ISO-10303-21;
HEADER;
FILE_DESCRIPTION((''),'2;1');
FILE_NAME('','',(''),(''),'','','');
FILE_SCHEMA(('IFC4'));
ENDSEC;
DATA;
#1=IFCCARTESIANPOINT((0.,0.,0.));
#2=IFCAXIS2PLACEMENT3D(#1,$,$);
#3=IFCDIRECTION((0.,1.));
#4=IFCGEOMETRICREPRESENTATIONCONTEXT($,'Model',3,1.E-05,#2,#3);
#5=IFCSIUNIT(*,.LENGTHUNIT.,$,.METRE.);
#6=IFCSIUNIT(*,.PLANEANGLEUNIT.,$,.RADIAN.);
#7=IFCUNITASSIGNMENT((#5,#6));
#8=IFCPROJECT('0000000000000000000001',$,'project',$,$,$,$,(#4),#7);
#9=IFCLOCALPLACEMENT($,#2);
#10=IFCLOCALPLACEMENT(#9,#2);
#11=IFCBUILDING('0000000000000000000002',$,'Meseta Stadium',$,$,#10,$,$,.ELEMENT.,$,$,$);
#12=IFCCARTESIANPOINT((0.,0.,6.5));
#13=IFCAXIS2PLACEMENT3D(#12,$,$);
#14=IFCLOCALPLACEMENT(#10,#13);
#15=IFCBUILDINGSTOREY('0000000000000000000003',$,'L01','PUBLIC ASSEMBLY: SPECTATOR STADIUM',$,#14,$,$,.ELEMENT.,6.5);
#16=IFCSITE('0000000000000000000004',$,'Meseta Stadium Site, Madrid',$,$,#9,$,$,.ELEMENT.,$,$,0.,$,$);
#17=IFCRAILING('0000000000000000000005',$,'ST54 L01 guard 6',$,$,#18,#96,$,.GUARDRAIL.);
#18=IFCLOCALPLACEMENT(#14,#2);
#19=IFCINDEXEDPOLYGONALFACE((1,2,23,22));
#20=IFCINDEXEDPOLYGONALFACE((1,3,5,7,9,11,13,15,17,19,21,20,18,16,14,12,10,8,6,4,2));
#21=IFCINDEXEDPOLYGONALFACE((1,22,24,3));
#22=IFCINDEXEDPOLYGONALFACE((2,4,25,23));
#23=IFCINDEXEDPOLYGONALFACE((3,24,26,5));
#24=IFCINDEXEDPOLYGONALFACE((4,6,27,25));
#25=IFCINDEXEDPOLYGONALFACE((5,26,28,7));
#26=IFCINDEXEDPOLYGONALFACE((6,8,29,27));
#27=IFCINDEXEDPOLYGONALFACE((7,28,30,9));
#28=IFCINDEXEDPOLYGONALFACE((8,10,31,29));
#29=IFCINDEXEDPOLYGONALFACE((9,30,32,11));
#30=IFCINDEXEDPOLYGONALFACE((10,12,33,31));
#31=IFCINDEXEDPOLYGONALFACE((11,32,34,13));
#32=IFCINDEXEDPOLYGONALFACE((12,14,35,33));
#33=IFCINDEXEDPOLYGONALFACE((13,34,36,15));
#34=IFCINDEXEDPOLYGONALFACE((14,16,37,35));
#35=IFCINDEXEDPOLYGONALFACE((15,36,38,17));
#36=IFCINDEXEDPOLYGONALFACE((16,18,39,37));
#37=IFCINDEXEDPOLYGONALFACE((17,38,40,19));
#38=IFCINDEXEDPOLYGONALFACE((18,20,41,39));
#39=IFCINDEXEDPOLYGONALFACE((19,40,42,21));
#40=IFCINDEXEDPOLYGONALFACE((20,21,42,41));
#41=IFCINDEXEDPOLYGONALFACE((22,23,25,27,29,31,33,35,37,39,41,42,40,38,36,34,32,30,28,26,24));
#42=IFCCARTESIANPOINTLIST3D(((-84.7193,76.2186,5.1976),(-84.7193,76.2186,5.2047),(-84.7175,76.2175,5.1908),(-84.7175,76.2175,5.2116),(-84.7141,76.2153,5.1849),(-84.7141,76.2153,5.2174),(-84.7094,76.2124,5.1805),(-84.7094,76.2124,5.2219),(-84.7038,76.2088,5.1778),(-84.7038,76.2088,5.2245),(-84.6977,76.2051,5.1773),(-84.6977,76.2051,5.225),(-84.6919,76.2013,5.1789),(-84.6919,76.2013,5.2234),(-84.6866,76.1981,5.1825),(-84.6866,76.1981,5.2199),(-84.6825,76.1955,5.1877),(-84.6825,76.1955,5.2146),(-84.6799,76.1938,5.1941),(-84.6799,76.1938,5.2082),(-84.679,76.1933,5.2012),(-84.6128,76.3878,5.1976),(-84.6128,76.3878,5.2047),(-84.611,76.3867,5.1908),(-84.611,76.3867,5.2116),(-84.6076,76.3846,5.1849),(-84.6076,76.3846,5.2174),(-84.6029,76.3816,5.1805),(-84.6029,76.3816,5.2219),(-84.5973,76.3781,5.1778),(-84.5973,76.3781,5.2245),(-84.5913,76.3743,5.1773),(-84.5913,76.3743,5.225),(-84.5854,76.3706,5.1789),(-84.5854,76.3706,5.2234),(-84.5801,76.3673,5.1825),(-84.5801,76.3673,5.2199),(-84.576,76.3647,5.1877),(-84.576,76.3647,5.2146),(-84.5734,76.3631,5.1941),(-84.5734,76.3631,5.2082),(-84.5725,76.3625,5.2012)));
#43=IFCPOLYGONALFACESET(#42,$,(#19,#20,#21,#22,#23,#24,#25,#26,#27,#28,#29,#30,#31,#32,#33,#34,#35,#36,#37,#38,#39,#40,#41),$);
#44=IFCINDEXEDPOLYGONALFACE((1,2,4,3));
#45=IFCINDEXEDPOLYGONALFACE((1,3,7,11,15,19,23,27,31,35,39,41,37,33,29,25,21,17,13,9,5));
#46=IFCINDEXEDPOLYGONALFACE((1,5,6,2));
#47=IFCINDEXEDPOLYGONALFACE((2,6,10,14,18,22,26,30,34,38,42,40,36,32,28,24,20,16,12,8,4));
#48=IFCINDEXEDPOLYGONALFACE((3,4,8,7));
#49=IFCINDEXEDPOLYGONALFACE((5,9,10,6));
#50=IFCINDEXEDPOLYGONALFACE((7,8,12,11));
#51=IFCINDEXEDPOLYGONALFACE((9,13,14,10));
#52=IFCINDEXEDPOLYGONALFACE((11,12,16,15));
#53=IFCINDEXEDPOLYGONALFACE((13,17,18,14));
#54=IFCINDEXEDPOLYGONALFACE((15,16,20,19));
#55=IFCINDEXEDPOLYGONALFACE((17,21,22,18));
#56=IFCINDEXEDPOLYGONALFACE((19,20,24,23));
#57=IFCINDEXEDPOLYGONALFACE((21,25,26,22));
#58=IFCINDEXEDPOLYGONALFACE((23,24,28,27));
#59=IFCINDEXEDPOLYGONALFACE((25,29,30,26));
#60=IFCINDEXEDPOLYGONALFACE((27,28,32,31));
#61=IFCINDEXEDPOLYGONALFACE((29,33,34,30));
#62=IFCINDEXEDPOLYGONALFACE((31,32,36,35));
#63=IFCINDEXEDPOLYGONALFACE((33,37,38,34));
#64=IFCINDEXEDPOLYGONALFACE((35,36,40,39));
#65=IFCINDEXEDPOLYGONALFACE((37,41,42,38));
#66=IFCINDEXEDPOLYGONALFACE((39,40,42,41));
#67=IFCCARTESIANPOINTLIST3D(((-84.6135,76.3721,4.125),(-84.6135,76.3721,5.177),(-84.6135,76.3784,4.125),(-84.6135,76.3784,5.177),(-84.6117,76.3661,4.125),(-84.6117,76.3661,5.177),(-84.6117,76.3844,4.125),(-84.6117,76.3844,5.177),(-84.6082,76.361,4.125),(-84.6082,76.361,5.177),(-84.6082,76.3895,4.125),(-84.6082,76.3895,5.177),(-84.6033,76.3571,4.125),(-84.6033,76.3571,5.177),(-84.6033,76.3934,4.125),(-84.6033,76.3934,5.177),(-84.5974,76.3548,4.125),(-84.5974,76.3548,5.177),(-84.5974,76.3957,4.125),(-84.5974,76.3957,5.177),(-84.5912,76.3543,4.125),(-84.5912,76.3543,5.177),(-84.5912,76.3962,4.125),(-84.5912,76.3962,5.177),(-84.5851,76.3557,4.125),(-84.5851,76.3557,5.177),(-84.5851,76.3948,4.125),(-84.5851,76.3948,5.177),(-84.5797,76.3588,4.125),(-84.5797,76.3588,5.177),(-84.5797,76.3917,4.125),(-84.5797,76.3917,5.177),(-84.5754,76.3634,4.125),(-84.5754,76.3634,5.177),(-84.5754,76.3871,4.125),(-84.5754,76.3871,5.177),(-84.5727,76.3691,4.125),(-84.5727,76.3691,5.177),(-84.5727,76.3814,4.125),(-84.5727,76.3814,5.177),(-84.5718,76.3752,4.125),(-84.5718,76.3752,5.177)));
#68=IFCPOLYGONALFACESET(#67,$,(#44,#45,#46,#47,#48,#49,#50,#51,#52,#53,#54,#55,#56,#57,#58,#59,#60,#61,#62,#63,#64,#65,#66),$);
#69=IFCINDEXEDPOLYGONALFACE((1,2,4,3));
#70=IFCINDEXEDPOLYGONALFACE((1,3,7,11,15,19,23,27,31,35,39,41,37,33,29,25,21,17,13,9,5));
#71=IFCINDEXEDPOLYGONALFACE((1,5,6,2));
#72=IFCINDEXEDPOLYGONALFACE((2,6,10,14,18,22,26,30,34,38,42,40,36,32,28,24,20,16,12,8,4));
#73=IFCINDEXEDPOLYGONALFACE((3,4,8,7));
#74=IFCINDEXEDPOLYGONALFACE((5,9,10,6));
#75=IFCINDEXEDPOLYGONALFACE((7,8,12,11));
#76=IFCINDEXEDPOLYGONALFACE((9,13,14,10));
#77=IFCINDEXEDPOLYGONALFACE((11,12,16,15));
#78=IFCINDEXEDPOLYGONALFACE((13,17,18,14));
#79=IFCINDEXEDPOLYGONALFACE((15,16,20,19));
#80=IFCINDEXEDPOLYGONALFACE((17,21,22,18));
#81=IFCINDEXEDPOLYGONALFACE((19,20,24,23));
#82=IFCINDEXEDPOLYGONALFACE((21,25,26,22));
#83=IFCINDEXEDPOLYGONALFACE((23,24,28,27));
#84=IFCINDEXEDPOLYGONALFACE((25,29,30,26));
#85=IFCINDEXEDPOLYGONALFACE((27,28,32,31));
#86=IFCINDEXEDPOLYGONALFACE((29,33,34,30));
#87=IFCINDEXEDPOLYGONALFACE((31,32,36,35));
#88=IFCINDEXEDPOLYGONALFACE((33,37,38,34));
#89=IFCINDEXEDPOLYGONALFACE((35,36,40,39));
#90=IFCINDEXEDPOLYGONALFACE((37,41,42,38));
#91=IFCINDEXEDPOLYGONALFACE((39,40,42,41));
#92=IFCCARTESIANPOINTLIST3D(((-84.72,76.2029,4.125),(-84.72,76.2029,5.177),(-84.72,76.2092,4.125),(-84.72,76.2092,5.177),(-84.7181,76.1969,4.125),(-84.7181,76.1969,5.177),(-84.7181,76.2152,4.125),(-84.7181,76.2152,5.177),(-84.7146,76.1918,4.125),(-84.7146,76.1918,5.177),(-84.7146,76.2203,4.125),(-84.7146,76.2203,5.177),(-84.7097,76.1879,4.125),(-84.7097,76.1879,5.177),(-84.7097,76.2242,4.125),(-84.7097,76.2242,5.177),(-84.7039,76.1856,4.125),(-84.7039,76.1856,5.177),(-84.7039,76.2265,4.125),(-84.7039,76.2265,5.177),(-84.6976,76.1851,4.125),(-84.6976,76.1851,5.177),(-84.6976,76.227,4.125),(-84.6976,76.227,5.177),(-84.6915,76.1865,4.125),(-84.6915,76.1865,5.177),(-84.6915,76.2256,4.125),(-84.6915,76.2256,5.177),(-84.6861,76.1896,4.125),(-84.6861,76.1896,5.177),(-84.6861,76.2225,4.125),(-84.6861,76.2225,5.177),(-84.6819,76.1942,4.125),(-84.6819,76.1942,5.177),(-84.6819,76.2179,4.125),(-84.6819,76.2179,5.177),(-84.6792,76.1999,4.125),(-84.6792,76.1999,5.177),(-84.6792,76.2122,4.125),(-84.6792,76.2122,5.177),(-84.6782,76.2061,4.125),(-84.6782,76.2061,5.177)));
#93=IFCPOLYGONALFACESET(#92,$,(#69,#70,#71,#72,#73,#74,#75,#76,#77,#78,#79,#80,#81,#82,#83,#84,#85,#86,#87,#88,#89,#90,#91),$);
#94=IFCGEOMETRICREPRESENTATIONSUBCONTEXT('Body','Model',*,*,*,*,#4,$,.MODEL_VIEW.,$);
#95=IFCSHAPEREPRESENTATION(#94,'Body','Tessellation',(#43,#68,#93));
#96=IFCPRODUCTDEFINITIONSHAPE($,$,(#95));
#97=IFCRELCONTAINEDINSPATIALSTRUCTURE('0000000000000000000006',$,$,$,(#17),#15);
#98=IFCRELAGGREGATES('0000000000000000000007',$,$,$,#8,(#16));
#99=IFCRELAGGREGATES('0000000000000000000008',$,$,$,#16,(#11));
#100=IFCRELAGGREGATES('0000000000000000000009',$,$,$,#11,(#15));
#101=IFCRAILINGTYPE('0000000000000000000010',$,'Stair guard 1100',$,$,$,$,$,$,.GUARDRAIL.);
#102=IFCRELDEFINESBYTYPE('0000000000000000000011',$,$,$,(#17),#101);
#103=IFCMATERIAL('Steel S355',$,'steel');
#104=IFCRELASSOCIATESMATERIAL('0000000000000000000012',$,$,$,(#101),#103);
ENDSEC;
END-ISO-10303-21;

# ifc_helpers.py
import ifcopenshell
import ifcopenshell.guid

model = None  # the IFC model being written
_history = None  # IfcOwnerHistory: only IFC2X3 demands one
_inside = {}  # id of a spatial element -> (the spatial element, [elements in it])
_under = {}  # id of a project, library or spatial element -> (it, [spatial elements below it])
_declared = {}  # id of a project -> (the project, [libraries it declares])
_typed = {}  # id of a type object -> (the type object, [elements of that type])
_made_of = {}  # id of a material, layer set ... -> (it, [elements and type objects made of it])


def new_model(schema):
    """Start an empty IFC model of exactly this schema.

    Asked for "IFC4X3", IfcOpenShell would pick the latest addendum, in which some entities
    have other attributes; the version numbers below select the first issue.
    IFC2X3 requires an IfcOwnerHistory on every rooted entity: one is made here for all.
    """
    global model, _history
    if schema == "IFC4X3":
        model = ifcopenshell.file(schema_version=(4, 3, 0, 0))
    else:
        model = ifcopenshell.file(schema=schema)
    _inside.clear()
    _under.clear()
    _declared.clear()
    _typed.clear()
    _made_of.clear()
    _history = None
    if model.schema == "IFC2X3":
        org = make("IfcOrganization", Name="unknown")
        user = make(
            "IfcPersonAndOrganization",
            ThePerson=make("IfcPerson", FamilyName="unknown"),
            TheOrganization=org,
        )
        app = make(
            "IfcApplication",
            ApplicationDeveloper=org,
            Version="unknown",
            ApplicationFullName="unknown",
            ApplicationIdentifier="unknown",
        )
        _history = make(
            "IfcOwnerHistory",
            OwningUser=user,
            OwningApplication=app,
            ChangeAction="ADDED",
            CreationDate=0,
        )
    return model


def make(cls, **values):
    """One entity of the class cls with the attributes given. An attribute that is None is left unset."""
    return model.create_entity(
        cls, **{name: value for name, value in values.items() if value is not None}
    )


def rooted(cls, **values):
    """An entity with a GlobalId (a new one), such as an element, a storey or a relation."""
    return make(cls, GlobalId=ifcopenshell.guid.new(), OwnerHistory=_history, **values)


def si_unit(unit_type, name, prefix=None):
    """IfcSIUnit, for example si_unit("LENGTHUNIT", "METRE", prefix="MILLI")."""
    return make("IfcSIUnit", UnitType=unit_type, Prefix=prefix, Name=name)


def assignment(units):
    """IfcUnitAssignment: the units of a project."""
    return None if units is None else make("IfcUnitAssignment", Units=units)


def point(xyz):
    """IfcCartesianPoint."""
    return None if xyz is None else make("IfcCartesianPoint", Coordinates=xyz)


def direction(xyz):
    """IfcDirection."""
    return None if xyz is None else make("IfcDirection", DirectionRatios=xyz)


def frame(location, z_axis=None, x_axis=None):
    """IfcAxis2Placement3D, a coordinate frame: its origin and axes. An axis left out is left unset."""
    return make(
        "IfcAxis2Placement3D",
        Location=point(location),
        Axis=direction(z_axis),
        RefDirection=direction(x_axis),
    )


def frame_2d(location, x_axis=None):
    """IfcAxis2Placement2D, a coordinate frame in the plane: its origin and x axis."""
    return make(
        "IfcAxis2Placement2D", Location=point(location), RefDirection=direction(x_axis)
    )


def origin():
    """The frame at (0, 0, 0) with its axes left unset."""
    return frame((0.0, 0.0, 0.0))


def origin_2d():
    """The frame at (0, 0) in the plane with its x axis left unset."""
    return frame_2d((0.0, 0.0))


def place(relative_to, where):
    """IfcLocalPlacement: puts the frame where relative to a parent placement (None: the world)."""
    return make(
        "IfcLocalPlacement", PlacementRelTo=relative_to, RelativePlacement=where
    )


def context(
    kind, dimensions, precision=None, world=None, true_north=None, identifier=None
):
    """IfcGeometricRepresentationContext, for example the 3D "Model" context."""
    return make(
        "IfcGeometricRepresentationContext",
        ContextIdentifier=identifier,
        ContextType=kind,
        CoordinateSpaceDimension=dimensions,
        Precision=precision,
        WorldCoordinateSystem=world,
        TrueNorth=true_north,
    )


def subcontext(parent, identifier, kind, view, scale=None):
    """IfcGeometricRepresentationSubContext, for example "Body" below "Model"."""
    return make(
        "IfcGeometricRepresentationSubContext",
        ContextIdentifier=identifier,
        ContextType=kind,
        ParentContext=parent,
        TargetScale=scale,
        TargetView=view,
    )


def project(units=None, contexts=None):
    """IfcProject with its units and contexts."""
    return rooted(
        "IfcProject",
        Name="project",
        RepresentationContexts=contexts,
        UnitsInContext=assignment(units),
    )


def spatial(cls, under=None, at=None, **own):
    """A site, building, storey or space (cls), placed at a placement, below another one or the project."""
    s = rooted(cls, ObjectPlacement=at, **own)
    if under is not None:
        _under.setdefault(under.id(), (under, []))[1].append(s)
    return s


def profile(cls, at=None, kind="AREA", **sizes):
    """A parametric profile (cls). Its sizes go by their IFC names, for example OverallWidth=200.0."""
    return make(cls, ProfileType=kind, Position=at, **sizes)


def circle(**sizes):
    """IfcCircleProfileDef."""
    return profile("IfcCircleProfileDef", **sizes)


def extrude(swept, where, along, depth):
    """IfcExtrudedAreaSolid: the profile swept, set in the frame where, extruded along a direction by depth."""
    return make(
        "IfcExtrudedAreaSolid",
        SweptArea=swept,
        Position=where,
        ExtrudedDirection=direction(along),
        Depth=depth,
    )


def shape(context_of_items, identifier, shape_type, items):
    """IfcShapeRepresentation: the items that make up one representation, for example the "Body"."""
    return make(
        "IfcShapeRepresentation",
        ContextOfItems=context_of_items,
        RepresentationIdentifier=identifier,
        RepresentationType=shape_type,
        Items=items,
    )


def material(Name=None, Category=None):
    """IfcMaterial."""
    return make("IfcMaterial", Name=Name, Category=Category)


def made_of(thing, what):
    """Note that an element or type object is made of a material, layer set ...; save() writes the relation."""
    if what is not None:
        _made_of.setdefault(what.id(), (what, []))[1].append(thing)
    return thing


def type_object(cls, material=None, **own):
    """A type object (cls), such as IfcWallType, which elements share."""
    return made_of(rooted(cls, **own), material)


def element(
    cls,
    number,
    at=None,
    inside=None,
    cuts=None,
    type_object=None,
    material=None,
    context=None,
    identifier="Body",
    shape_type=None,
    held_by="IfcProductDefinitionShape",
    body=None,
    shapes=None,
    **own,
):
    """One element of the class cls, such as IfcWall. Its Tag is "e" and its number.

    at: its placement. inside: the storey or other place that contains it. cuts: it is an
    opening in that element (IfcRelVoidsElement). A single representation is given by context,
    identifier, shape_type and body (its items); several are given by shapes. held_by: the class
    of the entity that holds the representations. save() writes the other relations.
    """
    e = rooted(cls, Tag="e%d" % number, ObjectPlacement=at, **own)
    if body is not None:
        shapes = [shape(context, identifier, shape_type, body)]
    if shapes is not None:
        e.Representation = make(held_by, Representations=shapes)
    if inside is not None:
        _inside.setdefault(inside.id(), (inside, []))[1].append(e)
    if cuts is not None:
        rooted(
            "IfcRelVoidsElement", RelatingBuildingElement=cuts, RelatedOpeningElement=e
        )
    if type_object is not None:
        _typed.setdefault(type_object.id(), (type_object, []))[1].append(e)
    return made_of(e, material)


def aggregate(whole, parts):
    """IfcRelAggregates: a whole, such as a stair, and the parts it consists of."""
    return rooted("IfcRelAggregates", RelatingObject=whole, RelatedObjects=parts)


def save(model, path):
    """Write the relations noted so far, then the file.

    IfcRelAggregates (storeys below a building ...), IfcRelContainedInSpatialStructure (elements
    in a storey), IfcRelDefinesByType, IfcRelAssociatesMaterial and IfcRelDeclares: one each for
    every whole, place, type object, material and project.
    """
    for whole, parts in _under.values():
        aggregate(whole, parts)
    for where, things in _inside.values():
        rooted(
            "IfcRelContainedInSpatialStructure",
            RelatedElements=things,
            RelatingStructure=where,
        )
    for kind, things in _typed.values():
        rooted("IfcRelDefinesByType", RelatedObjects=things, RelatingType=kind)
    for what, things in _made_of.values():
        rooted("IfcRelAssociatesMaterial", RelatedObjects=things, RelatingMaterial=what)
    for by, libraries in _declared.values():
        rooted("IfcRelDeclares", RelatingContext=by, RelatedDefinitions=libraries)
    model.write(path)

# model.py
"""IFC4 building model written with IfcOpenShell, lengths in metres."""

from ifc_helpers import new_model, si_unit, direction, frame, origin, origin_2d, place, context, subcontext, project, spatial, circle, extrude, material, type_object, element, save


model = new_model("IFC4")

# Units and contexts
model_context = context("Model", 3, precision=1e-05, world=origin(), true_north=direction((0.0, 1.0)))
body_context = subcontext(model_context, "Body", "Model", "MODEL_VIEW")
ifc_project = project(units=[si_unit("LENGTHUNIT", "METRE"), si_unit("PLANEANGLEUNIT", "RADIAN")], contexts=[model_context])

# Site, building, storey
site_placement = place(None, origin())
site = spatial("IfcSite", under=ifc_project, at=site_placement, Name="Meseta Stadium Site, Madrid", CompositionType="ELEMENT", RefElevation=0.0)
building_placement = place(site_placement, origin())
building = spatial("IfcBuilding", under=site, at=building_placement, Name="Meseta Stadium", CompositionType="ELEMENT")
storey_placement = place(building_placement, frame((0.0, 0.0, 6.5)))
storey = spatial("IfcBuildingStorey", under=building, at=storey_placement, Name="L01", Description="PUBLIC ASSEMBLY: SPECTATOR STADIUM", CompositionType="ELEMENT", Elevation=6.5)

# Railing
ifc_material_1 = material(Name="Steel S355", Category="steel")
railing_type_1 = type_object("IfcRailingType", Name="Stair guard 1100", PredefinedType="GUARDRAIL", material=ifc_material_1)
railing_1_placement = place(storey_placement, frame((-84.5928, 76.3752, 4.125)))
element("IfcRailing", 1, at=railing_1_placement, inside=storey, type_object=railing_type_1, Name="ST54 L01 guard 6", PredefinedType="GUARDRAIL", context=body_context, shape_type="SweptSolid", body=[
    extrude(circle(Radius=0.0239, at=origin_2d()), frame((0.0, 0.0, 1.0762), z_axis=(-0.532522, -0.846416, 0.0), x_axis=(0.846416, -0.532522, 0.0)), (0.0, 0.0, 1.0), 0.2),
    extrude(circle(Radius=0.021, at=origin_2d()), origin(), (0.0, 0.0, 1.0), 1.052),
    extrude(circle(Radius=0.021, at=origin_2d()), frame((-0.1064, -0.1692, 0.0)), (0.0, 0.0, 1.0), 1.052),
])

save(model, "model.ifc")
